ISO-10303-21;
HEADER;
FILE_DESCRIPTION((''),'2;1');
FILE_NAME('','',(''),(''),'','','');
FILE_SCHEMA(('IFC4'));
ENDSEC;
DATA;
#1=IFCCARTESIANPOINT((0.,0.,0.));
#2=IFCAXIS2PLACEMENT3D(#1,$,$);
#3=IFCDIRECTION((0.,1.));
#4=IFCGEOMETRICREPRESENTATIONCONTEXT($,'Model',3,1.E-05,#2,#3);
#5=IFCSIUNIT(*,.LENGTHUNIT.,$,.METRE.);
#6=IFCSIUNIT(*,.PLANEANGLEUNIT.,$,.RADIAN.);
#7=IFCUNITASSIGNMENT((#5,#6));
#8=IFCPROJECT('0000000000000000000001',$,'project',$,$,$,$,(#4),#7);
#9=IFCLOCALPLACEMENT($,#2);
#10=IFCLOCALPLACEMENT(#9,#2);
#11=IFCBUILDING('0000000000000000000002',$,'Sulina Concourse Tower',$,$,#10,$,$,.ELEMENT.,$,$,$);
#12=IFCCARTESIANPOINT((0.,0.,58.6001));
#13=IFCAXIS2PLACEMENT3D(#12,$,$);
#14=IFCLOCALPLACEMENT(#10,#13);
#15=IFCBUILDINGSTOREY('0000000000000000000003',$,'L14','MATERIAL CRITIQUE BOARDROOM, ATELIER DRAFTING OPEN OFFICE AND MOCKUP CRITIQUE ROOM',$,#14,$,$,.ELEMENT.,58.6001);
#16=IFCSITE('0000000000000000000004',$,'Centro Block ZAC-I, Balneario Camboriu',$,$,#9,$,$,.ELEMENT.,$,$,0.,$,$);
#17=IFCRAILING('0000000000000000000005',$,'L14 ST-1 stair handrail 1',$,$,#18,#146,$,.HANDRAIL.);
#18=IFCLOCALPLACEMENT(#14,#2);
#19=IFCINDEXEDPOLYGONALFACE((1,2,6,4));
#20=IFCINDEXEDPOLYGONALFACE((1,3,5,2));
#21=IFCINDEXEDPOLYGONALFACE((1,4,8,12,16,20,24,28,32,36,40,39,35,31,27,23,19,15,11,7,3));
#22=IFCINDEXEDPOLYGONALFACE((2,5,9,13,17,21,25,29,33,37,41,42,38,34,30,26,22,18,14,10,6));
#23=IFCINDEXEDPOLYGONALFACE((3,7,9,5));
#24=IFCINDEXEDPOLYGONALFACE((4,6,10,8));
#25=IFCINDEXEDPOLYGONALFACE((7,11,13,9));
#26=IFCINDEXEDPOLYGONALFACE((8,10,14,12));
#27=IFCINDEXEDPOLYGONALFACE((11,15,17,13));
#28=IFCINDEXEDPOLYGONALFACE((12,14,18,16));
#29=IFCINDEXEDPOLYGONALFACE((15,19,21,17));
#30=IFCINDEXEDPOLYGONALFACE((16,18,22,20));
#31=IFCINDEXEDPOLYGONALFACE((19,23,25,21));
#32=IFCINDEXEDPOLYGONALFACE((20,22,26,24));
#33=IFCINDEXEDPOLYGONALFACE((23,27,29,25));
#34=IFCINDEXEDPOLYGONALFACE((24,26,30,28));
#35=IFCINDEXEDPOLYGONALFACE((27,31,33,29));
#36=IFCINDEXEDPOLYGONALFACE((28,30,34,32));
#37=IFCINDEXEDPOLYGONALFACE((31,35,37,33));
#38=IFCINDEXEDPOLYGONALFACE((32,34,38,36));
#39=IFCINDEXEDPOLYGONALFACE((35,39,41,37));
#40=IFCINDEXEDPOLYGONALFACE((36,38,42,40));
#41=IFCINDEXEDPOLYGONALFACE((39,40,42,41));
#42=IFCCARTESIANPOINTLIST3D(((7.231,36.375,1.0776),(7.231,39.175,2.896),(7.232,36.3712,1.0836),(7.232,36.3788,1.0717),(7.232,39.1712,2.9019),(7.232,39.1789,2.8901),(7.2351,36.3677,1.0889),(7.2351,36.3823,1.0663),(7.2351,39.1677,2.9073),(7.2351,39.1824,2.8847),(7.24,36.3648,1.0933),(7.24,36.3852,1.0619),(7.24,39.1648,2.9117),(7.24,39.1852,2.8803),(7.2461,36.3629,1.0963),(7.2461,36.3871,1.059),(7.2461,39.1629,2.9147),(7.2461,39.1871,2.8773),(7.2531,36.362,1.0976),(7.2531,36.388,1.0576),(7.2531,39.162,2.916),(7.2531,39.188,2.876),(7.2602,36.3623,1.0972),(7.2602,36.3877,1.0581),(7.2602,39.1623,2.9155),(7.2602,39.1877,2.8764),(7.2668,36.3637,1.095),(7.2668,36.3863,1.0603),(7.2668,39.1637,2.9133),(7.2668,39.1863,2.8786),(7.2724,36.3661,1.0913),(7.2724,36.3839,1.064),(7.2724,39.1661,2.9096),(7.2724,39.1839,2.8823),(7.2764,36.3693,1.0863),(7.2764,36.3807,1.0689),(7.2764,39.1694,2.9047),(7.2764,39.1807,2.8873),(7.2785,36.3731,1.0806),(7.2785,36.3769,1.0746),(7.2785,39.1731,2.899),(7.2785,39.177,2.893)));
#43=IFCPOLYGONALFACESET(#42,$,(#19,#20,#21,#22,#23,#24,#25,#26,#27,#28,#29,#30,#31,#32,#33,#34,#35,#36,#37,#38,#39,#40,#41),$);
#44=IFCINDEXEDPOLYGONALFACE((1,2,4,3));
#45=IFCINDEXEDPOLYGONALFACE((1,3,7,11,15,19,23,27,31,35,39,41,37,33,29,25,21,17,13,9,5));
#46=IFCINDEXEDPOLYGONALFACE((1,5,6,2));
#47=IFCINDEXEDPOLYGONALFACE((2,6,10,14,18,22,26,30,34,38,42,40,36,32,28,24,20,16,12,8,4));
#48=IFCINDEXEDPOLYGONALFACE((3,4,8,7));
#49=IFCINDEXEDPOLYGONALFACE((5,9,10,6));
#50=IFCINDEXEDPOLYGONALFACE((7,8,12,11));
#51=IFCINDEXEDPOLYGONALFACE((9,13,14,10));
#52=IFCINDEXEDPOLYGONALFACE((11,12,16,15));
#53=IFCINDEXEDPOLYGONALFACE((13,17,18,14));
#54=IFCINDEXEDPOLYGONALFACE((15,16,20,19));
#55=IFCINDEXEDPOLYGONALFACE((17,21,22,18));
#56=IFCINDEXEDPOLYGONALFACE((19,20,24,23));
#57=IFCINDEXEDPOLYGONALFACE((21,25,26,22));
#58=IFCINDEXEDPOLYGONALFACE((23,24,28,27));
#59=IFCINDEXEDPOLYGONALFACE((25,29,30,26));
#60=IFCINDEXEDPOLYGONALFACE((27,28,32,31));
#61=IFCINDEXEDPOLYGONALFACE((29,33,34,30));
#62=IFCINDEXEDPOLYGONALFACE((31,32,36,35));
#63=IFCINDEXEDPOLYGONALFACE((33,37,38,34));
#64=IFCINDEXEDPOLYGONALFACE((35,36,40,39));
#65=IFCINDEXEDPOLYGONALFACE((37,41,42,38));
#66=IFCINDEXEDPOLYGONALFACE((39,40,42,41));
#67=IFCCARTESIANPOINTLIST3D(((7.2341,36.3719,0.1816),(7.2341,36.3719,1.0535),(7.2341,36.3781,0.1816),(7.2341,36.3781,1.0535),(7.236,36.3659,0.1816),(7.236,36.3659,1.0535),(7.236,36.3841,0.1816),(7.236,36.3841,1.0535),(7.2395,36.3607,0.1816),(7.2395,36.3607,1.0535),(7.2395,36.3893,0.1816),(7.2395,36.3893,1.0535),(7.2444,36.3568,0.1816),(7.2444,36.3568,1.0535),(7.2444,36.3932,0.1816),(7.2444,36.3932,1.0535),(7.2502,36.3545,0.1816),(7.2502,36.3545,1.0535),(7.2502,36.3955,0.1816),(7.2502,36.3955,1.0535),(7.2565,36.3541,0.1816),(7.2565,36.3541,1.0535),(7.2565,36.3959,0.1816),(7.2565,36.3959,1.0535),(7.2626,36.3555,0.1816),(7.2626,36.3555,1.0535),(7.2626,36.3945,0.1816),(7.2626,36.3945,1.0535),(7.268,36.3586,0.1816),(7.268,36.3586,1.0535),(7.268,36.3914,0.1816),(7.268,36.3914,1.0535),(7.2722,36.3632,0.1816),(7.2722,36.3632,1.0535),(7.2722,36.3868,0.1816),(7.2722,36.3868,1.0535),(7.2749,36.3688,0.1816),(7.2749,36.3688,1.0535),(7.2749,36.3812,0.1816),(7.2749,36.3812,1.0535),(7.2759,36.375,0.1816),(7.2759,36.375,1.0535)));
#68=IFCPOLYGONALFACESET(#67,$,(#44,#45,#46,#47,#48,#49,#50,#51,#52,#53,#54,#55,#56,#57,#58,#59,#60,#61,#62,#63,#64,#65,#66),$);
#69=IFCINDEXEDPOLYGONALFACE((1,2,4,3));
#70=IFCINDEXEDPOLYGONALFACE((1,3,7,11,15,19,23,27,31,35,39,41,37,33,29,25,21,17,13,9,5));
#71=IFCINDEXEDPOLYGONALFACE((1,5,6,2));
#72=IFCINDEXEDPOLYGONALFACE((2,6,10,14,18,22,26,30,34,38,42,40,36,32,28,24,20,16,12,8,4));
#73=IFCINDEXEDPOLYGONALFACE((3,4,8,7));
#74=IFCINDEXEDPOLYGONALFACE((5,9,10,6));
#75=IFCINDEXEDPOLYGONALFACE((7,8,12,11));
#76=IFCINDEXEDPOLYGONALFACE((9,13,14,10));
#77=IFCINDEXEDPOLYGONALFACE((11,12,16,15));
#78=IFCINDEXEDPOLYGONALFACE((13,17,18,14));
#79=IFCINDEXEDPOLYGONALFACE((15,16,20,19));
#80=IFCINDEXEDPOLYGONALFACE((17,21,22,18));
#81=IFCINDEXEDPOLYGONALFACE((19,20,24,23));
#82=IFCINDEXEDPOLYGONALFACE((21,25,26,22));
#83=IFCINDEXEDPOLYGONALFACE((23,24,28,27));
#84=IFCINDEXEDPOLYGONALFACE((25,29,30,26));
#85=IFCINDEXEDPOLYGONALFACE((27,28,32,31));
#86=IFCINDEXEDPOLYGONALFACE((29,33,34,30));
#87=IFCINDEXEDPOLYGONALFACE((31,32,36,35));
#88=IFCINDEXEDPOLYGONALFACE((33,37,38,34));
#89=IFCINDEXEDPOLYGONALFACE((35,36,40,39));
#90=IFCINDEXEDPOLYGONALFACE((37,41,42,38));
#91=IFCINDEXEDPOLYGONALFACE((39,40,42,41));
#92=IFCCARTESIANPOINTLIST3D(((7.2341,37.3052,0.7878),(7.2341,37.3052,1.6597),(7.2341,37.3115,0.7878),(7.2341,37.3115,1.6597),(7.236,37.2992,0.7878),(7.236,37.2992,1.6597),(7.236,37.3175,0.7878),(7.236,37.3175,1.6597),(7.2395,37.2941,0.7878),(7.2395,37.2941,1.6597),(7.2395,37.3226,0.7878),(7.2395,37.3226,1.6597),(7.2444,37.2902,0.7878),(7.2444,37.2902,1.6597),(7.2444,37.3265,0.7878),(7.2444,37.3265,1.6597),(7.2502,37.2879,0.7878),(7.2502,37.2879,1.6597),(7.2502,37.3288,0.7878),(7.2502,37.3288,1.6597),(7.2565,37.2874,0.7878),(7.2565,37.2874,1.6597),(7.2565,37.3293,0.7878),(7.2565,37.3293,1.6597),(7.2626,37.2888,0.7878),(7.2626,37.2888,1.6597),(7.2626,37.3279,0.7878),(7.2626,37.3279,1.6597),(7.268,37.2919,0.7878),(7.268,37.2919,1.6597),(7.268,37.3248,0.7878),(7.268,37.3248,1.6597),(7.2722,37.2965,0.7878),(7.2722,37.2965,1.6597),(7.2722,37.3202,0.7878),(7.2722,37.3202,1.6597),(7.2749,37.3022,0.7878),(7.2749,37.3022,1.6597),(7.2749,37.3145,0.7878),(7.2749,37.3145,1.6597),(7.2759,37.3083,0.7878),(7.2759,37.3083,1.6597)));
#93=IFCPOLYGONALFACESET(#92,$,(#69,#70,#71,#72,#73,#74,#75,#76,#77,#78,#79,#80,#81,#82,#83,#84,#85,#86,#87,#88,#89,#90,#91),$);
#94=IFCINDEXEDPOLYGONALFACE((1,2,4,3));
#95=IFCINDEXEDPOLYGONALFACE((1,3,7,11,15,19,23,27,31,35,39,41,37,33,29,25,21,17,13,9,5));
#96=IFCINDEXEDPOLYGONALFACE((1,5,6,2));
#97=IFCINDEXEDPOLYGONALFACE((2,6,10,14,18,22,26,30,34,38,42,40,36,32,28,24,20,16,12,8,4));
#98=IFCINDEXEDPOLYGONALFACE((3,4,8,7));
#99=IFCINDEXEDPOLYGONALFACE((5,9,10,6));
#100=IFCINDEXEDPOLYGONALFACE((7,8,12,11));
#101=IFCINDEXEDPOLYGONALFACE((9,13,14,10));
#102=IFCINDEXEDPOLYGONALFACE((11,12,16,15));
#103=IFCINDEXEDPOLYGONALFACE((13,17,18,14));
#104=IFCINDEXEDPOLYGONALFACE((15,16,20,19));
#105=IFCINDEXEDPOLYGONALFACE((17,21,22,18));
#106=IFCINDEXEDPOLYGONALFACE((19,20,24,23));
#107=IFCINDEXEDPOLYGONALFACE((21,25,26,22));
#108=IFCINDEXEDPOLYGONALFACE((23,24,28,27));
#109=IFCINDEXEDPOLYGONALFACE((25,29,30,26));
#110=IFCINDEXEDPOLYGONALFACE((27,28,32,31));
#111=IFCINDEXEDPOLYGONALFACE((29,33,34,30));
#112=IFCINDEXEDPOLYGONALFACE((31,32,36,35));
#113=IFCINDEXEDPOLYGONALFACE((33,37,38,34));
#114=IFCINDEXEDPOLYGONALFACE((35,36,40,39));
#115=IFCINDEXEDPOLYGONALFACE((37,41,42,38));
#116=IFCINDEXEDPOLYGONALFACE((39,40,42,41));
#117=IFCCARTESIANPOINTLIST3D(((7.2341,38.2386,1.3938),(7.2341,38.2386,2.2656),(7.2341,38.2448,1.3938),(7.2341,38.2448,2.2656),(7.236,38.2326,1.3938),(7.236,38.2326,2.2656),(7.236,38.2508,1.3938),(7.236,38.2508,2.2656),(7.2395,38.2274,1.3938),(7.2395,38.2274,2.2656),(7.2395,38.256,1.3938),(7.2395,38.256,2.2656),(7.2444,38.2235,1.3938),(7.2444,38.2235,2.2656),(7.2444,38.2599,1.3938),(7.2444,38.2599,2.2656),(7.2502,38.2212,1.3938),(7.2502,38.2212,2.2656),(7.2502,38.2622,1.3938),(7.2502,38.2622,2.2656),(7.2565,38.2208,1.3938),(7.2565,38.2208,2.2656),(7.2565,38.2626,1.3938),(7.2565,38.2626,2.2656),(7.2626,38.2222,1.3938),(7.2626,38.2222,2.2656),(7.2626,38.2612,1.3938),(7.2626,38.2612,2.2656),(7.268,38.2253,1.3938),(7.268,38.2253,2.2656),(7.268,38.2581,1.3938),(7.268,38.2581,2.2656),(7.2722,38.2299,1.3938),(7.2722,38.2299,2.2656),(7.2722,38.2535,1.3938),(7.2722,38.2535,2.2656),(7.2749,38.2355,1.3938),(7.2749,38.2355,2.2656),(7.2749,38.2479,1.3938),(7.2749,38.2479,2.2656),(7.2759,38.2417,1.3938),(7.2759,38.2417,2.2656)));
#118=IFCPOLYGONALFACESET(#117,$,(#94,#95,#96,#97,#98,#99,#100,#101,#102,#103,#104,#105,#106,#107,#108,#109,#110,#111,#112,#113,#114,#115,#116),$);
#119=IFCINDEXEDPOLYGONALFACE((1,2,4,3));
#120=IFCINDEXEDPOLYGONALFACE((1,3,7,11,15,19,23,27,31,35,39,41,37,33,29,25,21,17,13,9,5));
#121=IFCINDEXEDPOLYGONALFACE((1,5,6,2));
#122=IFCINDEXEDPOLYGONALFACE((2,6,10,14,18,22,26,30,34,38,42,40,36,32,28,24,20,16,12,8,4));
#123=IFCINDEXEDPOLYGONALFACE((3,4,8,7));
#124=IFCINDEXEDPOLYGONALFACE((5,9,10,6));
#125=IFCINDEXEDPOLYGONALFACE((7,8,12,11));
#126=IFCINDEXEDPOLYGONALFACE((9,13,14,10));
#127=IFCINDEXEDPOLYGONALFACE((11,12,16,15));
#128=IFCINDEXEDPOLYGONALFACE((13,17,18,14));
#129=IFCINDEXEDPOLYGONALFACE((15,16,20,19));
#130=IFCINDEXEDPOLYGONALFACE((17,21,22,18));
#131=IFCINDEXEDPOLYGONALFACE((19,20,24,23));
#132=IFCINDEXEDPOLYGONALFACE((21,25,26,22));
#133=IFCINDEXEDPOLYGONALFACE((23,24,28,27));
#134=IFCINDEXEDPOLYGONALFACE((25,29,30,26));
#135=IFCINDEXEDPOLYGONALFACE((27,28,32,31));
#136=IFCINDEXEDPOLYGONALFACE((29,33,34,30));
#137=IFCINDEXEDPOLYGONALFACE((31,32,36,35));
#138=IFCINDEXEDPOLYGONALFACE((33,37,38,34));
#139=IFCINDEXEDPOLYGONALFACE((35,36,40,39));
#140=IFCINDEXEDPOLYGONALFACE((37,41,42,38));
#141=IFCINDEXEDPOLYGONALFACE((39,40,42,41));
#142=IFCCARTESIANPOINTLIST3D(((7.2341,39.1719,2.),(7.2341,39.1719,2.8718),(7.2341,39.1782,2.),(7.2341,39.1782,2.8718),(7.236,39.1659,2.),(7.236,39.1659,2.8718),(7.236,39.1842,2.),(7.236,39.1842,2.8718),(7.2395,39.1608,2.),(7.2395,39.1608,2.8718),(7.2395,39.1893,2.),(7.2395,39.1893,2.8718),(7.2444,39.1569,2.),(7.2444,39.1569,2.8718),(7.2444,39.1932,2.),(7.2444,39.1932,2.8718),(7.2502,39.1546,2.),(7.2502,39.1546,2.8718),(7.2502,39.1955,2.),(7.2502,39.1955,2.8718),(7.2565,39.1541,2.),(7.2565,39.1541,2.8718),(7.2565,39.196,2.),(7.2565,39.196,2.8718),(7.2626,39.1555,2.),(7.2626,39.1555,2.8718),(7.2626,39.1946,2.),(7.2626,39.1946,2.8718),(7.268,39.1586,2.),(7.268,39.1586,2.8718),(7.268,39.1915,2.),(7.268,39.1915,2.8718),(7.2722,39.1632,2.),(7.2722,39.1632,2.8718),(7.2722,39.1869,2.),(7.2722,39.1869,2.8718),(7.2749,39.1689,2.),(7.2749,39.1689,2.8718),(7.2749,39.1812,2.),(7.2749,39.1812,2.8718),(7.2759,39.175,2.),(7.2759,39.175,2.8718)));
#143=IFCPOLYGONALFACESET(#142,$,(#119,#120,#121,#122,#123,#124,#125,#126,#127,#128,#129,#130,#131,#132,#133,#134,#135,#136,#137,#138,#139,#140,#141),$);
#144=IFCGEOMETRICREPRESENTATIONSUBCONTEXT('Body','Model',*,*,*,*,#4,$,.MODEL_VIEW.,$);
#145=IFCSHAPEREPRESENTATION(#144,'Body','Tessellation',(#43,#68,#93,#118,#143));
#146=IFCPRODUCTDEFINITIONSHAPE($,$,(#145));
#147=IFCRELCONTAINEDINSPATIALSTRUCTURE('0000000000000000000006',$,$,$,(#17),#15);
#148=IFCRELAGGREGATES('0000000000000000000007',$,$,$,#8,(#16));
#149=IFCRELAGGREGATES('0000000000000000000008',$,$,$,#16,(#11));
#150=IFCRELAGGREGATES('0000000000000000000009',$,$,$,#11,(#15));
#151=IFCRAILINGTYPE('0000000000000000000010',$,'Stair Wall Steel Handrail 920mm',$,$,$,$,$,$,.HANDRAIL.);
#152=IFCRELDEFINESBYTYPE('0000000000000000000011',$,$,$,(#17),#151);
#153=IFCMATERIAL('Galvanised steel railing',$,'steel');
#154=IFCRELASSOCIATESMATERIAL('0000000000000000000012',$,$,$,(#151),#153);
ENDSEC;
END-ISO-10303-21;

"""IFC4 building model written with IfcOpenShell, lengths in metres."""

from ifc_helpers import new_model, si_unit, direction, frame, origin, origin_2d, place, context, subcontext, project, spatial, circle, extrude, material, type_object, element, save


model = new_model("IFC4")

# Units and contexts
model_context = context("Model", 3, precision=1e-05, world=origin(), true_north=direction((0.0, 1.0)))
body_context = subcontext(model_context, "Body", "Model", "MODEL_VIEW")
ifc_project = project(units=[si_unit("LENGTHUNIT", "METRE"), si_unit("PLANEANGLEUNIT", "RADIAN")], contexts=[model_context])

# Site, building, storey
site_placement = place(None, origin())
site = spatial("IfcSite", under=ifc_project, at=site_placement, Name="Centro Block ZAC-I, Balneario Camboriu", CompositionType="ELEMENT", RefElevation=0.0)
building_placement = place(site_placement, origin())
building = spatial("IfcBuilding", under=site, at=building_placement, Name="Sulina Concourse Tower", CompositionType="ELEMENT")
storey_placement = place(building_placement, frame((0.0, 0.0, 58.6001)))
storey = spatial("IfcBuildingStorey", under=building, at=storey_placement, Name="L14", Description="MATERIAL CRITIQUE BOARDROOM, ATELIER DRAFTING OPEN OFFICE AND MOCKUP CRITIQUE ROOM", CompositionType="ELEMENT", Elevation=58.6001)

# Railing
ifc_material_1 = material(Name="Galvanised steel railing", Category="steel")
railing_type_1 = type_object("IfcRailingType", Name="Stair Wall Steel Handrail 920mm", PredefinedType="HANDRAIL", material=ifc_material_1)
railing_1_placement = place(storey_placement, frame((7.2549, 36.375, 0.1816)))
element("IfcRailing", 1, at=railing_1_placement, inside=storey, type_object=railing_type_1, Name="L14 ST-1 stair handrail 1", PredefinedType="HANDRAIL", context=body_context, shape_type="SweptSolid", body=[
    extrude(circle(Radius=0.0239, at=origin_2d()), frame((0.0, 0.0, 0.896), z_axis=(0.0, 0.838672, 0.544636), x_axis=(-1.0, 0.0, 0.0)), (0.0, 0.0, 1.0), 3.3386),
    extrude(circle(Radius=0.021, at=origin_2d()), origin(), (0.0, 0.0, 1.0), 0.8718),
    extrude(circle(Radius=0.021, at=origin_2d()), frame((0.0, 0.9333, 0.6062)), (0.0, 0.0, 1.0), 0.8718),
    extrude(circle(Radius=0.021, at=origin_2d()), frame((0.0, 1.8667, 1.2122)), (0.0, 0.0, 1.0), 0.8718),
    extrude(circle(Radius=0.021, at=origin_2d()), frame((0.0, 2.8, 1.8184)), (0.0, 0.0, 1.0), 0.8718),
])

save(model, "model.ifc")
